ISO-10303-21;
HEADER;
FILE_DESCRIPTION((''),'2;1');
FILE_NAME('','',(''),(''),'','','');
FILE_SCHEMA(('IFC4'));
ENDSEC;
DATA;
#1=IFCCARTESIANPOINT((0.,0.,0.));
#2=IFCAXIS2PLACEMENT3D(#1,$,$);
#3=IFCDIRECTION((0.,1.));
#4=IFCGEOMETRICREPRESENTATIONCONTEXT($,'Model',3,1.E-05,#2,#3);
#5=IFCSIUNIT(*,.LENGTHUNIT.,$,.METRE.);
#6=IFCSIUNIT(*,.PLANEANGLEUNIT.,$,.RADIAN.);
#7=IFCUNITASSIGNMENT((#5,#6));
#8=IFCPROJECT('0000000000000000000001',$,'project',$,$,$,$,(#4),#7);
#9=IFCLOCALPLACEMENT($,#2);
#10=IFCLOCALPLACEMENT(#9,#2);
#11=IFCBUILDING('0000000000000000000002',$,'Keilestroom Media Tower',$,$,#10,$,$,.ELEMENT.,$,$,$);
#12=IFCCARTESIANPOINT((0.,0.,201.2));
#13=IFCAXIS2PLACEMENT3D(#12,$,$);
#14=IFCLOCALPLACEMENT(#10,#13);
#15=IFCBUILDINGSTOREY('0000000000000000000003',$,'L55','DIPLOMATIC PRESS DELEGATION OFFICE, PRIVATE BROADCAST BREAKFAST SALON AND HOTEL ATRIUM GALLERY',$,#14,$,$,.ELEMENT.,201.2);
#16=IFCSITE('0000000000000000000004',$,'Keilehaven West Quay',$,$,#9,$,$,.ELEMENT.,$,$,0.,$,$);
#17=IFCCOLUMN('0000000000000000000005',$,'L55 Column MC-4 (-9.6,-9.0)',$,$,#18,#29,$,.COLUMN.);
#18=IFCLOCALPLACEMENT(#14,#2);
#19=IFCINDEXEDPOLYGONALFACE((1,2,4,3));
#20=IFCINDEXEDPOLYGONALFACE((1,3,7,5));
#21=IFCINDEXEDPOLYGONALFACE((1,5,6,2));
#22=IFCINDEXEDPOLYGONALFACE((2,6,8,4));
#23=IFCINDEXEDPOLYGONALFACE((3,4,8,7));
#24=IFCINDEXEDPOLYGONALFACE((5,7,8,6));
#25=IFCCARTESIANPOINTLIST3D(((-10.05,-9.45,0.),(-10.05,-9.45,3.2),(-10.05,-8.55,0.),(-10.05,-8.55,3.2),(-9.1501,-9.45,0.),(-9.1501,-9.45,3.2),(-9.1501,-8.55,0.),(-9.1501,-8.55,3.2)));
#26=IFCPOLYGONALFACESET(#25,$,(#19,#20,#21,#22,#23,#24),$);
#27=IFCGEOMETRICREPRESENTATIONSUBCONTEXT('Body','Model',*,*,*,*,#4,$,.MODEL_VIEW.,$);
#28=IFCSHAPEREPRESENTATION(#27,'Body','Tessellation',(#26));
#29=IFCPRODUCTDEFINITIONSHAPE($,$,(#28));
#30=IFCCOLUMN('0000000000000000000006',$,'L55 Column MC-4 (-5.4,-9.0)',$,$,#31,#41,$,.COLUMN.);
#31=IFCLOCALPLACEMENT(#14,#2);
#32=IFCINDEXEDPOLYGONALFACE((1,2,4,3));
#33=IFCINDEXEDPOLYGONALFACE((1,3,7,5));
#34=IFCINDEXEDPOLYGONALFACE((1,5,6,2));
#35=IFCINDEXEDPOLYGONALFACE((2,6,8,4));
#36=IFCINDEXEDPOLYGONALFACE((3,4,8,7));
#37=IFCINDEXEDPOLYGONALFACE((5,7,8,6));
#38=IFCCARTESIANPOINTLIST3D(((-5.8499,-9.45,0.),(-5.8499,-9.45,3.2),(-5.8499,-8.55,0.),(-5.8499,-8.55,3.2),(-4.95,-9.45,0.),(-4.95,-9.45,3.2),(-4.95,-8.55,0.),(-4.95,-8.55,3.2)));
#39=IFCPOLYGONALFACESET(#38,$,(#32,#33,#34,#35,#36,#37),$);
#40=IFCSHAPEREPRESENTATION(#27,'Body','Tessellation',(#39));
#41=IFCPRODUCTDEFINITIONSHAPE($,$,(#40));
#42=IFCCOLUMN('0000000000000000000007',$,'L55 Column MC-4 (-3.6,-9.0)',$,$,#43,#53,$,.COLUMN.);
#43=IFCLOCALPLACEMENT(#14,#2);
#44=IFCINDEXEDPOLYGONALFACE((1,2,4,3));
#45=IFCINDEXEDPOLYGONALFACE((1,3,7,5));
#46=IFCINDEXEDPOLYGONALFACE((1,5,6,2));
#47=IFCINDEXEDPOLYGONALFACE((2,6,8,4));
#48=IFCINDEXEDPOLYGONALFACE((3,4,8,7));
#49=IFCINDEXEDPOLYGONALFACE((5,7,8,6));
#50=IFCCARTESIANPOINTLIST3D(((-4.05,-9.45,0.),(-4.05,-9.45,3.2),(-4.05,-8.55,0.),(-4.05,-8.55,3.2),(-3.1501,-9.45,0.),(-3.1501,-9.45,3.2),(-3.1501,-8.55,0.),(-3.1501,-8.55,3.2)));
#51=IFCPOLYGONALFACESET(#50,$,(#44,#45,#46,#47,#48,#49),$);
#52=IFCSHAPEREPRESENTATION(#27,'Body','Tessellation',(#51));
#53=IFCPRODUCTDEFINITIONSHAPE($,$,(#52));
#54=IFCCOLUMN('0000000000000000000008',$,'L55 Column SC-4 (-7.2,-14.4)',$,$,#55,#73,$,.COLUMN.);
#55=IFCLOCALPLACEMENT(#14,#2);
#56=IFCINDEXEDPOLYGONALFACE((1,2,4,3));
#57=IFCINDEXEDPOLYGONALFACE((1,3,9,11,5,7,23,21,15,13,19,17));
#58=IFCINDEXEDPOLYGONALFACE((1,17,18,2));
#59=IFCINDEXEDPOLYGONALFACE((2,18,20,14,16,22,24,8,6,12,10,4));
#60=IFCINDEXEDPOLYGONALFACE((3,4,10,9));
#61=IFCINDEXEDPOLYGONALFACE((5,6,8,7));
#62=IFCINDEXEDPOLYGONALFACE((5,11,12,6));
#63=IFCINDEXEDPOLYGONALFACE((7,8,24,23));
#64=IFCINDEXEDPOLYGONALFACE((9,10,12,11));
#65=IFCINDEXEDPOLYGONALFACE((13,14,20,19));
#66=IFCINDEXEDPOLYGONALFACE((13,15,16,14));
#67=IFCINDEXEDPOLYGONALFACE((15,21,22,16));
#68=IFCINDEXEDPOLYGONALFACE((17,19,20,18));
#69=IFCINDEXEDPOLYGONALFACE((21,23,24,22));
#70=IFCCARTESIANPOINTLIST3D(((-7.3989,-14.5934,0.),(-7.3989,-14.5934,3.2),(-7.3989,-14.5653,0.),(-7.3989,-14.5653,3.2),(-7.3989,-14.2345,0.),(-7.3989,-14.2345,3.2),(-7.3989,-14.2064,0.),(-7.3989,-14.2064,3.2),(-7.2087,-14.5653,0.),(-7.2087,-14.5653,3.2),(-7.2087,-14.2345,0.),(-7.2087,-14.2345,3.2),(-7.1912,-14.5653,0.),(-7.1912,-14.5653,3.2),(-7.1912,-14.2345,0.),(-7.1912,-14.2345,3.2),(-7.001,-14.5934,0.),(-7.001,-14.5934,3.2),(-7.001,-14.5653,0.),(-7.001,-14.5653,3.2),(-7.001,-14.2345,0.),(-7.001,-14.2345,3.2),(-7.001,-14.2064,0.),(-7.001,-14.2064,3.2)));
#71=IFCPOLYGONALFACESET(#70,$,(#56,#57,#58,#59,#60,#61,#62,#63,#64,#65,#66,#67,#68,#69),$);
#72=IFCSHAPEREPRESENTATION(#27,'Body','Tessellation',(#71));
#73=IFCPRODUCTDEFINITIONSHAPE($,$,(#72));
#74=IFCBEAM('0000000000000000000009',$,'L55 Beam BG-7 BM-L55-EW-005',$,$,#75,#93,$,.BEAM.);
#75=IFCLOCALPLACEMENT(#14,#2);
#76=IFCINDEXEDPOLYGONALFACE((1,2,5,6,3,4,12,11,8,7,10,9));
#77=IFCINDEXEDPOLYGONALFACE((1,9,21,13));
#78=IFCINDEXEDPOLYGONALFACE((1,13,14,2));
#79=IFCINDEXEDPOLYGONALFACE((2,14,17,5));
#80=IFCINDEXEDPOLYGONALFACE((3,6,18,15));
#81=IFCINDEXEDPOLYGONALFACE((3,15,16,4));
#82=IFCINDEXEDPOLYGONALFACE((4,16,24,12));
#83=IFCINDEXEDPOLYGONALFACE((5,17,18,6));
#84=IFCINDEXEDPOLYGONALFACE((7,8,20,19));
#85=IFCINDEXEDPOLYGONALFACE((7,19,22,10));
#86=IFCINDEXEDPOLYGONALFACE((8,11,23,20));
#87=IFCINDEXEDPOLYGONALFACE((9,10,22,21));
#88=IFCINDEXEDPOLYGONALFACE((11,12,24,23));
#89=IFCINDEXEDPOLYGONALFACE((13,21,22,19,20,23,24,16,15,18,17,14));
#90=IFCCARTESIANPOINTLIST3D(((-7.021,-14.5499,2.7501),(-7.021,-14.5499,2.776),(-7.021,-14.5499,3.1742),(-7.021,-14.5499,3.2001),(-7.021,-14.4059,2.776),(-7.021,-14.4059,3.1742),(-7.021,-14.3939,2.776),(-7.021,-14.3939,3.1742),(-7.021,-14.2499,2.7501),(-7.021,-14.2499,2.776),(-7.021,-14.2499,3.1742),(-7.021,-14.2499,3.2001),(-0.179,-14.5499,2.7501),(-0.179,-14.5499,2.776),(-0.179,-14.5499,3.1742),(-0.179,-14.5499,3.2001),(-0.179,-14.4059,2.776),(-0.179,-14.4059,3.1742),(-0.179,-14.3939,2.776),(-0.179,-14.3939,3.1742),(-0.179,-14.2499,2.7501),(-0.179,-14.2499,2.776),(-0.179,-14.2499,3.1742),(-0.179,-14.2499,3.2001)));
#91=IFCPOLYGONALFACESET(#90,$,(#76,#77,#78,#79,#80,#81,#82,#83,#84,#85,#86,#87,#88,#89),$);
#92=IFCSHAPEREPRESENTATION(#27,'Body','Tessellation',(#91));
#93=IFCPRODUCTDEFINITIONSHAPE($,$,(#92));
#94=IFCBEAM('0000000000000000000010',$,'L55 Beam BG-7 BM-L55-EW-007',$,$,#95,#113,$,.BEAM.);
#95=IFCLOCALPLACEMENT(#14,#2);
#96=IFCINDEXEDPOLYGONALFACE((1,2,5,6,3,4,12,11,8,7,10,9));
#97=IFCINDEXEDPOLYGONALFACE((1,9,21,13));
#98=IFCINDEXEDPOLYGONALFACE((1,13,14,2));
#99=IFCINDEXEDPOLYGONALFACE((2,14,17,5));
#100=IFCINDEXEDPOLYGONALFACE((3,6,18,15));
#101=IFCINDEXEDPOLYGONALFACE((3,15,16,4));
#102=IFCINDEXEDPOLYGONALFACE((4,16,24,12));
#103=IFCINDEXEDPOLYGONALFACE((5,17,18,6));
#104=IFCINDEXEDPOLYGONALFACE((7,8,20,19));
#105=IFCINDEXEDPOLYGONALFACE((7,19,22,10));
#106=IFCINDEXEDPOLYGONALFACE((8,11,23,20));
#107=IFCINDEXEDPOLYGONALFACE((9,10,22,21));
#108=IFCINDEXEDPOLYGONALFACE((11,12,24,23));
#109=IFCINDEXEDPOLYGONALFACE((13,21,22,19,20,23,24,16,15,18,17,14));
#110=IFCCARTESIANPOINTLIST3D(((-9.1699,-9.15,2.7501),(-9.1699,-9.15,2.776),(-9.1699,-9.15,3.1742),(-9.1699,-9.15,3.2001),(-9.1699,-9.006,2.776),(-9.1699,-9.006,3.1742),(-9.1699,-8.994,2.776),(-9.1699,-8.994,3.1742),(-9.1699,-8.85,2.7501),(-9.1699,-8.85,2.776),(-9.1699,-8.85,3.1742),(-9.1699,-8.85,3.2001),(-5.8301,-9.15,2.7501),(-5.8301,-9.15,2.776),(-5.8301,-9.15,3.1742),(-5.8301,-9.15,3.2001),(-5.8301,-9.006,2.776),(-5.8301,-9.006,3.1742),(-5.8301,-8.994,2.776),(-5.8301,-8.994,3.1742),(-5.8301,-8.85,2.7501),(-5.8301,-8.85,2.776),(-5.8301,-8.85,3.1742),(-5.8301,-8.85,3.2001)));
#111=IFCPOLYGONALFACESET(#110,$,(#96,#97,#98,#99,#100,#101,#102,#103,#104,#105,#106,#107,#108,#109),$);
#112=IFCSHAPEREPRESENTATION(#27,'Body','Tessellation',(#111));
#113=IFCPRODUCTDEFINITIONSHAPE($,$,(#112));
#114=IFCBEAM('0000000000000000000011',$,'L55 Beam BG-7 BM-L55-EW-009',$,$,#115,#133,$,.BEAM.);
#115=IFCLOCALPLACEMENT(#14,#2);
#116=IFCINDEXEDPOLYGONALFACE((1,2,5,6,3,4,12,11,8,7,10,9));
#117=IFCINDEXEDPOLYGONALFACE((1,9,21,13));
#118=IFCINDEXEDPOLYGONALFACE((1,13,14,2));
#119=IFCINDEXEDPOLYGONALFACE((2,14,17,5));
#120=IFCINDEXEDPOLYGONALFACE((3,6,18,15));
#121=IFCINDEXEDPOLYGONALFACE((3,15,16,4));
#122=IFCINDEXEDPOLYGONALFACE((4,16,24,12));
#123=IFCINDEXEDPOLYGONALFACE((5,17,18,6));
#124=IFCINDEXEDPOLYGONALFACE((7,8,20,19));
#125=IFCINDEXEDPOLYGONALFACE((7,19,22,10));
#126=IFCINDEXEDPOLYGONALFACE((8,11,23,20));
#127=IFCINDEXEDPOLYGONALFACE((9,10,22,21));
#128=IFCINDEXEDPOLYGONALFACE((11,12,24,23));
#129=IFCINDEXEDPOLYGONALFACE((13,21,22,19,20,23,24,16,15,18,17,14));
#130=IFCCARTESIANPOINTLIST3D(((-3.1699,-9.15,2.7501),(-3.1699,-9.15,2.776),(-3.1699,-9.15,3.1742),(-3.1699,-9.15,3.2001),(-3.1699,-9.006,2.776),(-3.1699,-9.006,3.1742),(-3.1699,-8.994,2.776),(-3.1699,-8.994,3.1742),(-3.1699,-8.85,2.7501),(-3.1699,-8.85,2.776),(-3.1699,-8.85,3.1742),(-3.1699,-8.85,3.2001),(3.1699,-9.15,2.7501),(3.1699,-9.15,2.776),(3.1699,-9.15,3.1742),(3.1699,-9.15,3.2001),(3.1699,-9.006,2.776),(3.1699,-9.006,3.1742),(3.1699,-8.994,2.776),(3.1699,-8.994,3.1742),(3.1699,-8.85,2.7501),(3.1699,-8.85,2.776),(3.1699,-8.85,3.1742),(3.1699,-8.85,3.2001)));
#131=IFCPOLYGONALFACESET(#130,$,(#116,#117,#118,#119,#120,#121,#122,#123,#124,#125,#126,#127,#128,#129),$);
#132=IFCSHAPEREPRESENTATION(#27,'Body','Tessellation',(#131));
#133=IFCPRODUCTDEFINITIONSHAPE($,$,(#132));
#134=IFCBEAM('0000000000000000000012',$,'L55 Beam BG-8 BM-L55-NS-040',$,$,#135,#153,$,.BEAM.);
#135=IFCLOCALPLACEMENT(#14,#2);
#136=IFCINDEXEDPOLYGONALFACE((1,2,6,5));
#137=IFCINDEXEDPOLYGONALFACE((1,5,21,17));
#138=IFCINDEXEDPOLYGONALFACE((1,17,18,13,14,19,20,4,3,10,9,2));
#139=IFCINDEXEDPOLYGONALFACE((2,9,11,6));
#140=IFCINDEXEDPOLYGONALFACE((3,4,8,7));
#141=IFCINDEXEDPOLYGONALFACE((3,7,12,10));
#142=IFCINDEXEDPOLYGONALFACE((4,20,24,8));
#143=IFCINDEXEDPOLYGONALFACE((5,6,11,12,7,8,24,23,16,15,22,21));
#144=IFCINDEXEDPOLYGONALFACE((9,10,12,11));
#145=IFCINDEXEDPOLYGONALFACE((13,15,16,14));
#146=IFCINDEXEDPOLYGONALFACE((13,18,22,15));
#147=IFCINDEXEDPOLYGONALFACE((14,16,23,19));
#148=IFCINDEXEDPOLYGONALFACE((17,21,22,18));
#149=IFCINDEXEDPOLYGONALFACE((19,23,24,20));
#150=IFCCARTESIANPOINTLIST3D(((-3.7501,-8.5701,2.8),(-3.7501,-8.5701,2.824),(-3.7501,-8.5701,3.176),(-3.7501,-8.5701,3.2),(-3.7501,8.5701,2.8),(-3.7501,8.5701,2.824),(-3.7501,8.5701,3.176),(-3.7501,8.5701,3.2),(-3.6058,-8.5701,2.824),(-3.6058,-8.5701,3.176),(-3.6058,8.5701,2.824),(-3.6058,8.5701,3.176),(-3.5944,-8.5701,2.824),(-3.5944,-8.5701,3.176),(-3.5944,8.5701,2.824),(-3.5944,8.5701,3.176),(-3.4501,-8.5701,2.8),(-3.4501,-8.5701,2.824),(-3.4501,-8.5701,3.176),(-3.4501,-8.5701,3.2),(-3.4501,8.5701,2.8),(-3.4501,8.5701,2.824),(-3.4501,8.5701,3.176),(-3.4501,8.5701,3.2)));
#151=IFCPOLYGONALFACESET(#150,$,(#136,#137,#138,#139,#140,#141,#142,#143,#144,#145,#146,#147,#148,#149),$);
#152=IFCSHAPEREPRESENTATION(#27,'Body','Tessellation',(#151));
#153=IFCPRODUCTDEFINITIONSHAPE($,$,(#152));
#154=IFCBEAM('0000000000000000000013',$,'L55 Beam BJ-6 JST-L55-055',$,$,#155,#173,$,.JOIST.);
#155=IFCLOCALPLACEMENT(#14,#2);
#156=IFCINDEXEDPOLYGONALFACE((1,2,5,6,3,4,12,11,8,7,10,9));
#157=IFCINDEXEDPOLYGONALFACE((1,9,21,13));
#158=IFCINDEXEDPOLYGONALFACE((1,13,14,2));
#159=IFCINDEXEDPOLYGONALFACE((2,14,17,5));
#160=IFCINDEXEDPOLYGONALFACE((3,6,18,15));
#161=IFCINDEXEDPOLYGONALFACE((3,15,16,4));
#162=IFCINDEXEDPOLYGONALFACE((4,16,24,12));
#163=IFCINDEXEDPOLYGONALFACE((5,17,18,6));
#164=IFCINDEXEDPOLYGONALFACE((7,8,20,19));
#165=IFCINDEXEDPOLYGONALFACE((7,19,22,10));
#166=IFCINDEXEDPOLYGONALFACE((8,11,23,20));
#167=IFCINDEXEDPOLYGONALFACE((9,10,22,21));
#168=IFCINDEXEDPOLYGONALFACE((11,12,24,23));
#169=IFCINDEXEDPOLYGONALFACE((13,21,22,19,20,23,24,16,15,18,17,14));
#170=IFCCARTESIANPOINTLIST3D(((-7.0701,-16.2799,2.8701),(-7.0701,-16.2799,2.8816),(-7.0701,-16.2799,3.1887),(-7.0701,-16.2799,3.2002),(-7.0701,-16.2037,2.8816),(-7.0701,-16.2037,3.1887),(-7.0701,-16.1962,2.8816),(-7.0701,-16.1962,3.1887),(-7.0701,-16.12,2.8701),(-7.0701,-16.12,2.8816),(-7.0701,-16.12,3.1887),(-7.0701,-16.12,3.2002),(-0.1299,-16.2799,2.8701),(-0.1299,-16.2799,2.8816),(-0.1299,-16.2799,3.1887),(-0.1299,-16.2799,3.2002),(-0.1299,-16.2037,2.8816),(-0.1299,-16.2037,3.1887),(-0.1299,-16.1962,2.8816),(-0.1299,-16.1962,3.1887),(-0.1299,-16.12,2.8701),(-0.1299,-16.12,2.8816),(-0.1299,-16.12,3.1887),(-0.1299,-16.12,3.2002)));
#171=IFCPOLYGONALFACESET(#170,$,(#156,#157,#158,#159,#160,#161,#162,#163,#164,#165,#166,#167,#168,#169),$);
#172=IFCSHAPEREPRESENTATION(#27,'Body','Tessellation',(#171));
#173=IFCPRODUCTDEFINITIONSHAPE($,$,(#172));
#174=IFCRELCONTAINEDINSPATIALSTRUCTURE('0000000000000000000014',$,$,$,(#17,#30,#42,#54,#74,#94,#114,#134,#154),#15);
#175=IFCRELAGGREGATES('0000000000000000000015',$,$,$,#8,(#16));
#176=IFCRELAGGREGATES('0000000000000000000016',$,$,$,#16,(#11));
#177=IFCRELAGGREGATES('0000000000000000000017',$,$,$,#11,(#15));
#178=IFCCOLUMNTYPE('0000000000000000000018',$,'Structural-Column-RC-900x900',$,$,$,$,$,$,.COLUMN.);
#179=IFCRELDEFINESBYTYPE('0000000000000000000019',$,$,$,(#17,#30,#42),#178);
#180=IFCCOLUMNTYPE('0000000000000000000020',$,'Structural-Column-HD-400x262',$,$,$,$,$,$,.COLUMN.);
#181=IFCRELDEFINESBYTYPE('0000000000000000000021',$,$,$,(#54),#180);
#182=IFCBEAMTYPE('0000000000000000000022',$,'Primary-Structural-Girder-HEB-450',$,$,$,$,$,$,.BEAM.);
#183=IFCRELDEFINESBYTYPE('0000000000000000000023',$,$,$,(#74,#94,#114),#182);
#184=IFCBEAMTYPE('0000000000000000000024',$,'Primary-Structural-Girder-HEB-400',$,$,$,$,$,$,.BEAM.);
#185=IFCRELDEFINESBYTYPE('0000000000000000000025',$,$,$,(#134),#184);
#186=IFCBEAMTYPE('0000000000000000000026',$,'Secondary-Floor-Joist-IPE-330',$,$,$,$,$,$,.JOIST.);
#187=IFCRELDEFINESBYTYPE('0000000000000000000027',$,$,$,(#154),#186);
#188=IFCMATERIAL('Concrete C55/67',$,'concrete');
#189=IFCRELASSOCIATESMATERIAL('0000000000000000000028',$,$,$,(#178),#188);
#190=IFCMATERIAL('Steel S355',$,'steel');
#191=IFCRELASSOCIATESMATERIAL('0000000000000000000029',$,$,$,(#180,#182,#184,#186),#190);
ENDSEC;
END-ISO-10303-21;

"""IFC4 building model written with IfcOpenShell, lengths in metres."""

from ifc_helpers import new_model, si_unit, direction, frame, origin, origin_2d, place, context, subcontext, project, spatial, rectangle, i_section, extrude, source, transform, mapped, material, material_profile, profile_set, type_object, element, save


model = new_model("IFC4")

# Units and contexts
model_context = context("Model", 3, precision=1e-05, world=origin(), true_north=direction((0.0, 1.0)))
body_context = subcontext(model_context, "Body", "Model", "MODEL_VIEW")
ifc_project = project(units=[si_unit("LENGTHUNIT", "METRE"), si_unit("PLANEANGLEUNIT", "RADIAN")], contexts=[model_context])

# Site, building, storey
site_placement = place(None, origin())
site = spatial("IfcSite", under=ifc_project, at=site_placement, Name="Keilehaven West Quay", CompositionType="ELEMENT", RefElevation=0.0)
building_placement = place(site_placement, origin())
building = spatial("IfcBuilding", under=site, at=building_placement, Name="Keilestroom Media Tower", CompositionType="ELEMENT")
storey_placement = place(building_placement, frame((0.0, 0.0, 201.2)))
storey = spatial("IfcBuildingStorey", under=building, at=storey_placement, Name="L55", Description="DIPLOMATIC PRESS DELEGATION OFFICE, PRIVATE BROADCAST BREAKFAST SALON AND HOTEL ATRIUM GALLERY", CompositionType="ELEMENT", Elevation=201.2)

# Columns
ifc_material_1 = material(Name="Concrete C55/67", Category="concrete")
ifc_material_profile_1 = material_profile(ifc_material_1, rectangle(XDim=0.8999, YDim=0.8999, at=origin_2d()), Name="RC 900x900")
ifc_profile_set_1 = profile_set([ifc_material_profile_1], Name="Concrete C55/67")
column_type_1 = type_object("IfcColumnType", Name="Structural-Column-RC-900x900", PredefinedType="COLUMN", material=ifc_profile_set_1)
shared_shape_1 = source(origin(), body_context, "Body", "SweptSolid", [
    extrude(rectangle(XDim=0.8999, YDim=0.8999, at=origin_2d()), origin(), (0.0, 0.0, 1.0), 3.2),
])
for number, where, z_axis, x_axis, name in (
    (1, (-9.6001, -9.0, 0.0), (0.0, 0.0, 1.0), (1.0, 0.0, 0.0), "L55 Column MC-4 (-9.6,-9.0)"),
    (2, (-5.3999, -9.0, 0.0), (0.0, 0.0, 1.0), (1.0, 0.0, 0.0), "L55 Column MC-4 (-5.4,-9.0)"),
    (3, (-3.6001, -9.0, 0.0), (0.0, 0.0, 1.0), (1.0, 0.0, 0.0), "L55 Column MC-4 (-3.6,-9.0)"),
):
    element("IfcColumn", number, at=place(storey_placement, frame(where, z_axis=z_axis, x_axis=x_axis)), inside=storey, type_object=column_type_1, Name=name, PredefinedType="COLUMN", context=body_context, shape_type="MappedRepresentation", body=[
        mapped(shared_shape_1, transform((0.0, 0.0, 0.0), x_axis=(1.0, 0.0, 0.0), y_axis=(0.0, 1.0, 0.0), z_axis=(0.0, 0.0, 1.0), scale=1.0)),
    ])
ifc_material_2 = material(Name="Steel S355", Category="steel")
ifc_material_profile_2 = material_profile(ifc_material_2, i_section(OverallWidth=0.3979, OverallDepth=0.387, WebThickness=0.0176, FlangeThickness=0.0281, at=origin_2d()), Name="HD 400x262")
ifc_profile_set_2 = profile_set([ifc_material_profile_2], Name="Steel S355")
column_type_2 = type_object("IfcColumnType", Name="Structural-Column-HD-400x262", PredefinedType="COLUMN", material=ifc_profile_set_2)
shared_shape_2 = source(origin(), body_context, "Body", "SweptSolid", [
    extrude(i_section(OverallWidth=0.3979, OverallDepth=0.387, WebThickness=0.0176, FlangeThickness=0.0281, at=origin_2d()), origin(), (0.0, 0.0, 1.0), 3.2),
])
column_placement = place(storey_placement, frame((-7.2, -14.3999, 0.0), z_axis=(0.0, 0.0, 1.0), x_axis=(1.0, 0.0, 0.0)))
element("IfcColumn", 4, at=column_placement, inside=storey, type_object=column_type_2, Name="L55 Column SC-4 (-7.2,-14.4)", PredefinedType="COLUMN", context=body_context, shape_type="MappedRepresentation", body=[
    mapped(shared_shape_2, transform((0.0, 0.0, 0.0), x_axis=(1.0, 0.0, 0.0), y_axis=(0.0, 1.0, 0.0), z_axis=(0.0, 0.0, 1.0), scale=1.0)),
])

# Beams
ifc_material_profile_3 = material_profile(ifc_material_2, i_section(OverallWidth=0.3, OverallDepth=0.45, WebThickness=0.012, FlangeThickness=0.0259, at=origin_2d()), Name="HEB 450")
ifc_profile_set_3 = profile_set([ifc_material_profile_3], Name="Steel S355")
beam_type_1 = type_object("IfcBeamType", Name="Primary-Structural-Girder-HEB-450", PredefinedType="BEAM", material=ifc_profile_set_3)
shared_shape_3 = source(origin(), body_context, "Body", "SweptSolid", [
    extrude(i_section(OverallWidth=0.3, OverallDepth=0.45, WebThickness=0.012, FlangeThickness=0.0259, at=origin_2d()), origin(), (0.0, 0.0, 1.0), 6.842),
])
beam_1_placement = place(storey_placement, frame((-7.021, -14.3999, 2.9751), z_axis=(1.0, 0.0, 0.0), x_axis=(0.0, 1.0, 0.0)))
element("IfcBeam", 5, at=beam_1_placement, inside=storey, type_object=beam_type_1, Name="L55 Beam BG-7 BM-L55-EW-005", PredefinedType="BEAM", context=body_context, shape_type="MappedRepresentation", body=[
    mapped(shared_shape_3, transform((0.0, 0.0, 0.0), x_axis=(1.0, 0.0, 0.0), y_axis=(0.0, 1.0, 0.0), z_axis=(0.0, 0.0, 1.0), scale=1.0)),
])
shared_shape_4 = source(origin(), body_context, "Body", "SweptSolid", [
    extrude(i_section(OverallWidth=0.3, OverallDepth=0.45, WebThickness=0.012, FlangeThickness=0.0259, at=origin_2d()), origin(), (0.0, 0.0, 1.0), 3.3398),
])
beam_2_placement = place(storey_placement, frame((-9.1699, -9.0, 2.9751), z_axis=(1.0, 0.0, 0.0), x_axis=(0.0, 1.0, 0.0)))
element("IfcBeam", 6, at=beam_2_placement, inside=storey, type_object=beam_type_1, Name="L55 Beam BG-7 BM-L55-EW-007", PredefinedType="BEAM", context=body_context, shape_type="MappedRepresentation", body=[
    mapped(shared_shape_4, transform((0.0, 0.0, 0.0), x_axis=(1.0, 0.0, 0.0), y_axis=(0.0, 1.0, 0.0), z_axis=(0.0, 0.0, 1.0), scale=1.0)),
])
shared_shape_5 = source(origin(), body_context, "Body", "SweptSolid", [
    extrude(i_section(OverallWidth=0.3, OverallDepth=0.45, WebThickness=0.012, FlangeThickness=0.0259, at=origin_2d()), origin(), (0.0, 0.0, 1.0), 6.3398),
])
beam_3_placement = place(storey_placement, frame((-3.1699, -9.0, 2.9751), z_axis=(1.0, 0.0, 0.0), x_axis=(0.0, 1.0, 0.0)))
element("IfcBeam", 7, at=beam_3_placement, inside=storey, type_object=beam_type_1, Name="L55 Beam BG-7 BM-L55-EW-009", PredefinedType="BEAM", context=body_context, shape_type="MappedRepresentation", body=[
    mapped(shared_shape_5, transform((0.0, 0.0, 0.0), x_axis=(1.0, 0.0, 0.0), y_axis=(0.0, 1.0, 0.0), z_axis=(0.0, 0.0, 1.0), scale=1.0)),
])
ifc_material_profile_4 = material_profile(ifc_material_2, i_section(OverallWidth=0.3, OverallDepth=0.3999, WebThickness=0.0115, FlangeThickness=0.0239, at=origin_2d()), Name="HEB 400")
ifc_profile_set_4 = profile_set([ifc_material_profile_4], Name="Steel S355")
beam_type_2 = type_object("IfcBeamType", Name="Primary-Structural-Girder-HEB-400", PredefinedType="BEAM", material=ifc_profile_set_4)
shared_shape_6 = source(origin(), body_context, "Body", "SweptSolid", [
    extrude(i_section(OverallWidth=0.3, OverallDepth=0.3999, WebThickness=0.0115, FlangeThickness=0.0239, at=origin_2d()), origin(), (0.0, 0.0, 1.0), 17.1401),
])
beam_4_placement = place(storey_placement, frame((-3.6001, -8.5701, 3.0), z_axis=(0.0, 1.0, 0.0), x_axis=(-1.0, 0.0, 0.0)))
element("IfcBeam", 8, at=beam_4_placement, inside=storey, type_object=beam_type_2, Name="L55 Beam BG-8 BM-L55-NS-040", PredefinedType="BEAM", context=body_context, shape_type="MappedRepresentation", body=[
    mapped(shared_shape_6, transform((0.0, 0.0, 0.0), x_axis=(1.0, 0.0, 0.0), y_axis=(0.0, 1.0, 0.0), z_axis=(0.0, 0.0, 1.0), scale=1.0)),
])
ifc_material_profile_5 = material_profile(ifc_material_2, i_section(OverallWidth=0.1599, OverallDepth=0.3301, WebThickness=0.0076, FlangeThickness=0.0115, at=origin_2d()), Name="IPE 330")
ifc_profile_set_5 = profile_set([ifc_material_profile_5], Name="Steel S355")
beam_type_3 = type_object("IfcBeamType", Name="Secondary-Floor-Joist-IPE-330", PredefinedType="JOIST", material=ifc_profile_set_5)
shared_shape_7 = source(origin(), body_context, "Body", "SweptSolid", [
    extrude(i_section(OverallWidth=0.1599, OverallDepth=0.3301, WebThickness=0.0076, FlangeThickness=0.0115, at=origin_2d()), origin(), (0.0, 0.0, 1.0), 6.9402),
])
beam_5_placement = place(storey_placement, frame((-7.0701, -16.2, 3.0352), z_axis=(1.0, 0.0, 0.0), x_axis=(0.0, 1.0, 0.0)))
element("IfcBeam", 9, at=beam_5_placement, inside=storey, type_object=beam_type_3, Name="L55 Beam BJ-6 JST-L55-055", PredefinedType="JOIST", context=body_context, shape_type="MappedRepresentation", body=[
    mapped(shared_shape_7, transform((0.0, 0.0, 0.0), x_axis=(1.0, 0.0, 0.0), y_axis=(0.0, 1.0, 0.0), z_axis=(0.0, 0.0, 1.0), scale=1.0)),
])

save(model, "model.ifc")
